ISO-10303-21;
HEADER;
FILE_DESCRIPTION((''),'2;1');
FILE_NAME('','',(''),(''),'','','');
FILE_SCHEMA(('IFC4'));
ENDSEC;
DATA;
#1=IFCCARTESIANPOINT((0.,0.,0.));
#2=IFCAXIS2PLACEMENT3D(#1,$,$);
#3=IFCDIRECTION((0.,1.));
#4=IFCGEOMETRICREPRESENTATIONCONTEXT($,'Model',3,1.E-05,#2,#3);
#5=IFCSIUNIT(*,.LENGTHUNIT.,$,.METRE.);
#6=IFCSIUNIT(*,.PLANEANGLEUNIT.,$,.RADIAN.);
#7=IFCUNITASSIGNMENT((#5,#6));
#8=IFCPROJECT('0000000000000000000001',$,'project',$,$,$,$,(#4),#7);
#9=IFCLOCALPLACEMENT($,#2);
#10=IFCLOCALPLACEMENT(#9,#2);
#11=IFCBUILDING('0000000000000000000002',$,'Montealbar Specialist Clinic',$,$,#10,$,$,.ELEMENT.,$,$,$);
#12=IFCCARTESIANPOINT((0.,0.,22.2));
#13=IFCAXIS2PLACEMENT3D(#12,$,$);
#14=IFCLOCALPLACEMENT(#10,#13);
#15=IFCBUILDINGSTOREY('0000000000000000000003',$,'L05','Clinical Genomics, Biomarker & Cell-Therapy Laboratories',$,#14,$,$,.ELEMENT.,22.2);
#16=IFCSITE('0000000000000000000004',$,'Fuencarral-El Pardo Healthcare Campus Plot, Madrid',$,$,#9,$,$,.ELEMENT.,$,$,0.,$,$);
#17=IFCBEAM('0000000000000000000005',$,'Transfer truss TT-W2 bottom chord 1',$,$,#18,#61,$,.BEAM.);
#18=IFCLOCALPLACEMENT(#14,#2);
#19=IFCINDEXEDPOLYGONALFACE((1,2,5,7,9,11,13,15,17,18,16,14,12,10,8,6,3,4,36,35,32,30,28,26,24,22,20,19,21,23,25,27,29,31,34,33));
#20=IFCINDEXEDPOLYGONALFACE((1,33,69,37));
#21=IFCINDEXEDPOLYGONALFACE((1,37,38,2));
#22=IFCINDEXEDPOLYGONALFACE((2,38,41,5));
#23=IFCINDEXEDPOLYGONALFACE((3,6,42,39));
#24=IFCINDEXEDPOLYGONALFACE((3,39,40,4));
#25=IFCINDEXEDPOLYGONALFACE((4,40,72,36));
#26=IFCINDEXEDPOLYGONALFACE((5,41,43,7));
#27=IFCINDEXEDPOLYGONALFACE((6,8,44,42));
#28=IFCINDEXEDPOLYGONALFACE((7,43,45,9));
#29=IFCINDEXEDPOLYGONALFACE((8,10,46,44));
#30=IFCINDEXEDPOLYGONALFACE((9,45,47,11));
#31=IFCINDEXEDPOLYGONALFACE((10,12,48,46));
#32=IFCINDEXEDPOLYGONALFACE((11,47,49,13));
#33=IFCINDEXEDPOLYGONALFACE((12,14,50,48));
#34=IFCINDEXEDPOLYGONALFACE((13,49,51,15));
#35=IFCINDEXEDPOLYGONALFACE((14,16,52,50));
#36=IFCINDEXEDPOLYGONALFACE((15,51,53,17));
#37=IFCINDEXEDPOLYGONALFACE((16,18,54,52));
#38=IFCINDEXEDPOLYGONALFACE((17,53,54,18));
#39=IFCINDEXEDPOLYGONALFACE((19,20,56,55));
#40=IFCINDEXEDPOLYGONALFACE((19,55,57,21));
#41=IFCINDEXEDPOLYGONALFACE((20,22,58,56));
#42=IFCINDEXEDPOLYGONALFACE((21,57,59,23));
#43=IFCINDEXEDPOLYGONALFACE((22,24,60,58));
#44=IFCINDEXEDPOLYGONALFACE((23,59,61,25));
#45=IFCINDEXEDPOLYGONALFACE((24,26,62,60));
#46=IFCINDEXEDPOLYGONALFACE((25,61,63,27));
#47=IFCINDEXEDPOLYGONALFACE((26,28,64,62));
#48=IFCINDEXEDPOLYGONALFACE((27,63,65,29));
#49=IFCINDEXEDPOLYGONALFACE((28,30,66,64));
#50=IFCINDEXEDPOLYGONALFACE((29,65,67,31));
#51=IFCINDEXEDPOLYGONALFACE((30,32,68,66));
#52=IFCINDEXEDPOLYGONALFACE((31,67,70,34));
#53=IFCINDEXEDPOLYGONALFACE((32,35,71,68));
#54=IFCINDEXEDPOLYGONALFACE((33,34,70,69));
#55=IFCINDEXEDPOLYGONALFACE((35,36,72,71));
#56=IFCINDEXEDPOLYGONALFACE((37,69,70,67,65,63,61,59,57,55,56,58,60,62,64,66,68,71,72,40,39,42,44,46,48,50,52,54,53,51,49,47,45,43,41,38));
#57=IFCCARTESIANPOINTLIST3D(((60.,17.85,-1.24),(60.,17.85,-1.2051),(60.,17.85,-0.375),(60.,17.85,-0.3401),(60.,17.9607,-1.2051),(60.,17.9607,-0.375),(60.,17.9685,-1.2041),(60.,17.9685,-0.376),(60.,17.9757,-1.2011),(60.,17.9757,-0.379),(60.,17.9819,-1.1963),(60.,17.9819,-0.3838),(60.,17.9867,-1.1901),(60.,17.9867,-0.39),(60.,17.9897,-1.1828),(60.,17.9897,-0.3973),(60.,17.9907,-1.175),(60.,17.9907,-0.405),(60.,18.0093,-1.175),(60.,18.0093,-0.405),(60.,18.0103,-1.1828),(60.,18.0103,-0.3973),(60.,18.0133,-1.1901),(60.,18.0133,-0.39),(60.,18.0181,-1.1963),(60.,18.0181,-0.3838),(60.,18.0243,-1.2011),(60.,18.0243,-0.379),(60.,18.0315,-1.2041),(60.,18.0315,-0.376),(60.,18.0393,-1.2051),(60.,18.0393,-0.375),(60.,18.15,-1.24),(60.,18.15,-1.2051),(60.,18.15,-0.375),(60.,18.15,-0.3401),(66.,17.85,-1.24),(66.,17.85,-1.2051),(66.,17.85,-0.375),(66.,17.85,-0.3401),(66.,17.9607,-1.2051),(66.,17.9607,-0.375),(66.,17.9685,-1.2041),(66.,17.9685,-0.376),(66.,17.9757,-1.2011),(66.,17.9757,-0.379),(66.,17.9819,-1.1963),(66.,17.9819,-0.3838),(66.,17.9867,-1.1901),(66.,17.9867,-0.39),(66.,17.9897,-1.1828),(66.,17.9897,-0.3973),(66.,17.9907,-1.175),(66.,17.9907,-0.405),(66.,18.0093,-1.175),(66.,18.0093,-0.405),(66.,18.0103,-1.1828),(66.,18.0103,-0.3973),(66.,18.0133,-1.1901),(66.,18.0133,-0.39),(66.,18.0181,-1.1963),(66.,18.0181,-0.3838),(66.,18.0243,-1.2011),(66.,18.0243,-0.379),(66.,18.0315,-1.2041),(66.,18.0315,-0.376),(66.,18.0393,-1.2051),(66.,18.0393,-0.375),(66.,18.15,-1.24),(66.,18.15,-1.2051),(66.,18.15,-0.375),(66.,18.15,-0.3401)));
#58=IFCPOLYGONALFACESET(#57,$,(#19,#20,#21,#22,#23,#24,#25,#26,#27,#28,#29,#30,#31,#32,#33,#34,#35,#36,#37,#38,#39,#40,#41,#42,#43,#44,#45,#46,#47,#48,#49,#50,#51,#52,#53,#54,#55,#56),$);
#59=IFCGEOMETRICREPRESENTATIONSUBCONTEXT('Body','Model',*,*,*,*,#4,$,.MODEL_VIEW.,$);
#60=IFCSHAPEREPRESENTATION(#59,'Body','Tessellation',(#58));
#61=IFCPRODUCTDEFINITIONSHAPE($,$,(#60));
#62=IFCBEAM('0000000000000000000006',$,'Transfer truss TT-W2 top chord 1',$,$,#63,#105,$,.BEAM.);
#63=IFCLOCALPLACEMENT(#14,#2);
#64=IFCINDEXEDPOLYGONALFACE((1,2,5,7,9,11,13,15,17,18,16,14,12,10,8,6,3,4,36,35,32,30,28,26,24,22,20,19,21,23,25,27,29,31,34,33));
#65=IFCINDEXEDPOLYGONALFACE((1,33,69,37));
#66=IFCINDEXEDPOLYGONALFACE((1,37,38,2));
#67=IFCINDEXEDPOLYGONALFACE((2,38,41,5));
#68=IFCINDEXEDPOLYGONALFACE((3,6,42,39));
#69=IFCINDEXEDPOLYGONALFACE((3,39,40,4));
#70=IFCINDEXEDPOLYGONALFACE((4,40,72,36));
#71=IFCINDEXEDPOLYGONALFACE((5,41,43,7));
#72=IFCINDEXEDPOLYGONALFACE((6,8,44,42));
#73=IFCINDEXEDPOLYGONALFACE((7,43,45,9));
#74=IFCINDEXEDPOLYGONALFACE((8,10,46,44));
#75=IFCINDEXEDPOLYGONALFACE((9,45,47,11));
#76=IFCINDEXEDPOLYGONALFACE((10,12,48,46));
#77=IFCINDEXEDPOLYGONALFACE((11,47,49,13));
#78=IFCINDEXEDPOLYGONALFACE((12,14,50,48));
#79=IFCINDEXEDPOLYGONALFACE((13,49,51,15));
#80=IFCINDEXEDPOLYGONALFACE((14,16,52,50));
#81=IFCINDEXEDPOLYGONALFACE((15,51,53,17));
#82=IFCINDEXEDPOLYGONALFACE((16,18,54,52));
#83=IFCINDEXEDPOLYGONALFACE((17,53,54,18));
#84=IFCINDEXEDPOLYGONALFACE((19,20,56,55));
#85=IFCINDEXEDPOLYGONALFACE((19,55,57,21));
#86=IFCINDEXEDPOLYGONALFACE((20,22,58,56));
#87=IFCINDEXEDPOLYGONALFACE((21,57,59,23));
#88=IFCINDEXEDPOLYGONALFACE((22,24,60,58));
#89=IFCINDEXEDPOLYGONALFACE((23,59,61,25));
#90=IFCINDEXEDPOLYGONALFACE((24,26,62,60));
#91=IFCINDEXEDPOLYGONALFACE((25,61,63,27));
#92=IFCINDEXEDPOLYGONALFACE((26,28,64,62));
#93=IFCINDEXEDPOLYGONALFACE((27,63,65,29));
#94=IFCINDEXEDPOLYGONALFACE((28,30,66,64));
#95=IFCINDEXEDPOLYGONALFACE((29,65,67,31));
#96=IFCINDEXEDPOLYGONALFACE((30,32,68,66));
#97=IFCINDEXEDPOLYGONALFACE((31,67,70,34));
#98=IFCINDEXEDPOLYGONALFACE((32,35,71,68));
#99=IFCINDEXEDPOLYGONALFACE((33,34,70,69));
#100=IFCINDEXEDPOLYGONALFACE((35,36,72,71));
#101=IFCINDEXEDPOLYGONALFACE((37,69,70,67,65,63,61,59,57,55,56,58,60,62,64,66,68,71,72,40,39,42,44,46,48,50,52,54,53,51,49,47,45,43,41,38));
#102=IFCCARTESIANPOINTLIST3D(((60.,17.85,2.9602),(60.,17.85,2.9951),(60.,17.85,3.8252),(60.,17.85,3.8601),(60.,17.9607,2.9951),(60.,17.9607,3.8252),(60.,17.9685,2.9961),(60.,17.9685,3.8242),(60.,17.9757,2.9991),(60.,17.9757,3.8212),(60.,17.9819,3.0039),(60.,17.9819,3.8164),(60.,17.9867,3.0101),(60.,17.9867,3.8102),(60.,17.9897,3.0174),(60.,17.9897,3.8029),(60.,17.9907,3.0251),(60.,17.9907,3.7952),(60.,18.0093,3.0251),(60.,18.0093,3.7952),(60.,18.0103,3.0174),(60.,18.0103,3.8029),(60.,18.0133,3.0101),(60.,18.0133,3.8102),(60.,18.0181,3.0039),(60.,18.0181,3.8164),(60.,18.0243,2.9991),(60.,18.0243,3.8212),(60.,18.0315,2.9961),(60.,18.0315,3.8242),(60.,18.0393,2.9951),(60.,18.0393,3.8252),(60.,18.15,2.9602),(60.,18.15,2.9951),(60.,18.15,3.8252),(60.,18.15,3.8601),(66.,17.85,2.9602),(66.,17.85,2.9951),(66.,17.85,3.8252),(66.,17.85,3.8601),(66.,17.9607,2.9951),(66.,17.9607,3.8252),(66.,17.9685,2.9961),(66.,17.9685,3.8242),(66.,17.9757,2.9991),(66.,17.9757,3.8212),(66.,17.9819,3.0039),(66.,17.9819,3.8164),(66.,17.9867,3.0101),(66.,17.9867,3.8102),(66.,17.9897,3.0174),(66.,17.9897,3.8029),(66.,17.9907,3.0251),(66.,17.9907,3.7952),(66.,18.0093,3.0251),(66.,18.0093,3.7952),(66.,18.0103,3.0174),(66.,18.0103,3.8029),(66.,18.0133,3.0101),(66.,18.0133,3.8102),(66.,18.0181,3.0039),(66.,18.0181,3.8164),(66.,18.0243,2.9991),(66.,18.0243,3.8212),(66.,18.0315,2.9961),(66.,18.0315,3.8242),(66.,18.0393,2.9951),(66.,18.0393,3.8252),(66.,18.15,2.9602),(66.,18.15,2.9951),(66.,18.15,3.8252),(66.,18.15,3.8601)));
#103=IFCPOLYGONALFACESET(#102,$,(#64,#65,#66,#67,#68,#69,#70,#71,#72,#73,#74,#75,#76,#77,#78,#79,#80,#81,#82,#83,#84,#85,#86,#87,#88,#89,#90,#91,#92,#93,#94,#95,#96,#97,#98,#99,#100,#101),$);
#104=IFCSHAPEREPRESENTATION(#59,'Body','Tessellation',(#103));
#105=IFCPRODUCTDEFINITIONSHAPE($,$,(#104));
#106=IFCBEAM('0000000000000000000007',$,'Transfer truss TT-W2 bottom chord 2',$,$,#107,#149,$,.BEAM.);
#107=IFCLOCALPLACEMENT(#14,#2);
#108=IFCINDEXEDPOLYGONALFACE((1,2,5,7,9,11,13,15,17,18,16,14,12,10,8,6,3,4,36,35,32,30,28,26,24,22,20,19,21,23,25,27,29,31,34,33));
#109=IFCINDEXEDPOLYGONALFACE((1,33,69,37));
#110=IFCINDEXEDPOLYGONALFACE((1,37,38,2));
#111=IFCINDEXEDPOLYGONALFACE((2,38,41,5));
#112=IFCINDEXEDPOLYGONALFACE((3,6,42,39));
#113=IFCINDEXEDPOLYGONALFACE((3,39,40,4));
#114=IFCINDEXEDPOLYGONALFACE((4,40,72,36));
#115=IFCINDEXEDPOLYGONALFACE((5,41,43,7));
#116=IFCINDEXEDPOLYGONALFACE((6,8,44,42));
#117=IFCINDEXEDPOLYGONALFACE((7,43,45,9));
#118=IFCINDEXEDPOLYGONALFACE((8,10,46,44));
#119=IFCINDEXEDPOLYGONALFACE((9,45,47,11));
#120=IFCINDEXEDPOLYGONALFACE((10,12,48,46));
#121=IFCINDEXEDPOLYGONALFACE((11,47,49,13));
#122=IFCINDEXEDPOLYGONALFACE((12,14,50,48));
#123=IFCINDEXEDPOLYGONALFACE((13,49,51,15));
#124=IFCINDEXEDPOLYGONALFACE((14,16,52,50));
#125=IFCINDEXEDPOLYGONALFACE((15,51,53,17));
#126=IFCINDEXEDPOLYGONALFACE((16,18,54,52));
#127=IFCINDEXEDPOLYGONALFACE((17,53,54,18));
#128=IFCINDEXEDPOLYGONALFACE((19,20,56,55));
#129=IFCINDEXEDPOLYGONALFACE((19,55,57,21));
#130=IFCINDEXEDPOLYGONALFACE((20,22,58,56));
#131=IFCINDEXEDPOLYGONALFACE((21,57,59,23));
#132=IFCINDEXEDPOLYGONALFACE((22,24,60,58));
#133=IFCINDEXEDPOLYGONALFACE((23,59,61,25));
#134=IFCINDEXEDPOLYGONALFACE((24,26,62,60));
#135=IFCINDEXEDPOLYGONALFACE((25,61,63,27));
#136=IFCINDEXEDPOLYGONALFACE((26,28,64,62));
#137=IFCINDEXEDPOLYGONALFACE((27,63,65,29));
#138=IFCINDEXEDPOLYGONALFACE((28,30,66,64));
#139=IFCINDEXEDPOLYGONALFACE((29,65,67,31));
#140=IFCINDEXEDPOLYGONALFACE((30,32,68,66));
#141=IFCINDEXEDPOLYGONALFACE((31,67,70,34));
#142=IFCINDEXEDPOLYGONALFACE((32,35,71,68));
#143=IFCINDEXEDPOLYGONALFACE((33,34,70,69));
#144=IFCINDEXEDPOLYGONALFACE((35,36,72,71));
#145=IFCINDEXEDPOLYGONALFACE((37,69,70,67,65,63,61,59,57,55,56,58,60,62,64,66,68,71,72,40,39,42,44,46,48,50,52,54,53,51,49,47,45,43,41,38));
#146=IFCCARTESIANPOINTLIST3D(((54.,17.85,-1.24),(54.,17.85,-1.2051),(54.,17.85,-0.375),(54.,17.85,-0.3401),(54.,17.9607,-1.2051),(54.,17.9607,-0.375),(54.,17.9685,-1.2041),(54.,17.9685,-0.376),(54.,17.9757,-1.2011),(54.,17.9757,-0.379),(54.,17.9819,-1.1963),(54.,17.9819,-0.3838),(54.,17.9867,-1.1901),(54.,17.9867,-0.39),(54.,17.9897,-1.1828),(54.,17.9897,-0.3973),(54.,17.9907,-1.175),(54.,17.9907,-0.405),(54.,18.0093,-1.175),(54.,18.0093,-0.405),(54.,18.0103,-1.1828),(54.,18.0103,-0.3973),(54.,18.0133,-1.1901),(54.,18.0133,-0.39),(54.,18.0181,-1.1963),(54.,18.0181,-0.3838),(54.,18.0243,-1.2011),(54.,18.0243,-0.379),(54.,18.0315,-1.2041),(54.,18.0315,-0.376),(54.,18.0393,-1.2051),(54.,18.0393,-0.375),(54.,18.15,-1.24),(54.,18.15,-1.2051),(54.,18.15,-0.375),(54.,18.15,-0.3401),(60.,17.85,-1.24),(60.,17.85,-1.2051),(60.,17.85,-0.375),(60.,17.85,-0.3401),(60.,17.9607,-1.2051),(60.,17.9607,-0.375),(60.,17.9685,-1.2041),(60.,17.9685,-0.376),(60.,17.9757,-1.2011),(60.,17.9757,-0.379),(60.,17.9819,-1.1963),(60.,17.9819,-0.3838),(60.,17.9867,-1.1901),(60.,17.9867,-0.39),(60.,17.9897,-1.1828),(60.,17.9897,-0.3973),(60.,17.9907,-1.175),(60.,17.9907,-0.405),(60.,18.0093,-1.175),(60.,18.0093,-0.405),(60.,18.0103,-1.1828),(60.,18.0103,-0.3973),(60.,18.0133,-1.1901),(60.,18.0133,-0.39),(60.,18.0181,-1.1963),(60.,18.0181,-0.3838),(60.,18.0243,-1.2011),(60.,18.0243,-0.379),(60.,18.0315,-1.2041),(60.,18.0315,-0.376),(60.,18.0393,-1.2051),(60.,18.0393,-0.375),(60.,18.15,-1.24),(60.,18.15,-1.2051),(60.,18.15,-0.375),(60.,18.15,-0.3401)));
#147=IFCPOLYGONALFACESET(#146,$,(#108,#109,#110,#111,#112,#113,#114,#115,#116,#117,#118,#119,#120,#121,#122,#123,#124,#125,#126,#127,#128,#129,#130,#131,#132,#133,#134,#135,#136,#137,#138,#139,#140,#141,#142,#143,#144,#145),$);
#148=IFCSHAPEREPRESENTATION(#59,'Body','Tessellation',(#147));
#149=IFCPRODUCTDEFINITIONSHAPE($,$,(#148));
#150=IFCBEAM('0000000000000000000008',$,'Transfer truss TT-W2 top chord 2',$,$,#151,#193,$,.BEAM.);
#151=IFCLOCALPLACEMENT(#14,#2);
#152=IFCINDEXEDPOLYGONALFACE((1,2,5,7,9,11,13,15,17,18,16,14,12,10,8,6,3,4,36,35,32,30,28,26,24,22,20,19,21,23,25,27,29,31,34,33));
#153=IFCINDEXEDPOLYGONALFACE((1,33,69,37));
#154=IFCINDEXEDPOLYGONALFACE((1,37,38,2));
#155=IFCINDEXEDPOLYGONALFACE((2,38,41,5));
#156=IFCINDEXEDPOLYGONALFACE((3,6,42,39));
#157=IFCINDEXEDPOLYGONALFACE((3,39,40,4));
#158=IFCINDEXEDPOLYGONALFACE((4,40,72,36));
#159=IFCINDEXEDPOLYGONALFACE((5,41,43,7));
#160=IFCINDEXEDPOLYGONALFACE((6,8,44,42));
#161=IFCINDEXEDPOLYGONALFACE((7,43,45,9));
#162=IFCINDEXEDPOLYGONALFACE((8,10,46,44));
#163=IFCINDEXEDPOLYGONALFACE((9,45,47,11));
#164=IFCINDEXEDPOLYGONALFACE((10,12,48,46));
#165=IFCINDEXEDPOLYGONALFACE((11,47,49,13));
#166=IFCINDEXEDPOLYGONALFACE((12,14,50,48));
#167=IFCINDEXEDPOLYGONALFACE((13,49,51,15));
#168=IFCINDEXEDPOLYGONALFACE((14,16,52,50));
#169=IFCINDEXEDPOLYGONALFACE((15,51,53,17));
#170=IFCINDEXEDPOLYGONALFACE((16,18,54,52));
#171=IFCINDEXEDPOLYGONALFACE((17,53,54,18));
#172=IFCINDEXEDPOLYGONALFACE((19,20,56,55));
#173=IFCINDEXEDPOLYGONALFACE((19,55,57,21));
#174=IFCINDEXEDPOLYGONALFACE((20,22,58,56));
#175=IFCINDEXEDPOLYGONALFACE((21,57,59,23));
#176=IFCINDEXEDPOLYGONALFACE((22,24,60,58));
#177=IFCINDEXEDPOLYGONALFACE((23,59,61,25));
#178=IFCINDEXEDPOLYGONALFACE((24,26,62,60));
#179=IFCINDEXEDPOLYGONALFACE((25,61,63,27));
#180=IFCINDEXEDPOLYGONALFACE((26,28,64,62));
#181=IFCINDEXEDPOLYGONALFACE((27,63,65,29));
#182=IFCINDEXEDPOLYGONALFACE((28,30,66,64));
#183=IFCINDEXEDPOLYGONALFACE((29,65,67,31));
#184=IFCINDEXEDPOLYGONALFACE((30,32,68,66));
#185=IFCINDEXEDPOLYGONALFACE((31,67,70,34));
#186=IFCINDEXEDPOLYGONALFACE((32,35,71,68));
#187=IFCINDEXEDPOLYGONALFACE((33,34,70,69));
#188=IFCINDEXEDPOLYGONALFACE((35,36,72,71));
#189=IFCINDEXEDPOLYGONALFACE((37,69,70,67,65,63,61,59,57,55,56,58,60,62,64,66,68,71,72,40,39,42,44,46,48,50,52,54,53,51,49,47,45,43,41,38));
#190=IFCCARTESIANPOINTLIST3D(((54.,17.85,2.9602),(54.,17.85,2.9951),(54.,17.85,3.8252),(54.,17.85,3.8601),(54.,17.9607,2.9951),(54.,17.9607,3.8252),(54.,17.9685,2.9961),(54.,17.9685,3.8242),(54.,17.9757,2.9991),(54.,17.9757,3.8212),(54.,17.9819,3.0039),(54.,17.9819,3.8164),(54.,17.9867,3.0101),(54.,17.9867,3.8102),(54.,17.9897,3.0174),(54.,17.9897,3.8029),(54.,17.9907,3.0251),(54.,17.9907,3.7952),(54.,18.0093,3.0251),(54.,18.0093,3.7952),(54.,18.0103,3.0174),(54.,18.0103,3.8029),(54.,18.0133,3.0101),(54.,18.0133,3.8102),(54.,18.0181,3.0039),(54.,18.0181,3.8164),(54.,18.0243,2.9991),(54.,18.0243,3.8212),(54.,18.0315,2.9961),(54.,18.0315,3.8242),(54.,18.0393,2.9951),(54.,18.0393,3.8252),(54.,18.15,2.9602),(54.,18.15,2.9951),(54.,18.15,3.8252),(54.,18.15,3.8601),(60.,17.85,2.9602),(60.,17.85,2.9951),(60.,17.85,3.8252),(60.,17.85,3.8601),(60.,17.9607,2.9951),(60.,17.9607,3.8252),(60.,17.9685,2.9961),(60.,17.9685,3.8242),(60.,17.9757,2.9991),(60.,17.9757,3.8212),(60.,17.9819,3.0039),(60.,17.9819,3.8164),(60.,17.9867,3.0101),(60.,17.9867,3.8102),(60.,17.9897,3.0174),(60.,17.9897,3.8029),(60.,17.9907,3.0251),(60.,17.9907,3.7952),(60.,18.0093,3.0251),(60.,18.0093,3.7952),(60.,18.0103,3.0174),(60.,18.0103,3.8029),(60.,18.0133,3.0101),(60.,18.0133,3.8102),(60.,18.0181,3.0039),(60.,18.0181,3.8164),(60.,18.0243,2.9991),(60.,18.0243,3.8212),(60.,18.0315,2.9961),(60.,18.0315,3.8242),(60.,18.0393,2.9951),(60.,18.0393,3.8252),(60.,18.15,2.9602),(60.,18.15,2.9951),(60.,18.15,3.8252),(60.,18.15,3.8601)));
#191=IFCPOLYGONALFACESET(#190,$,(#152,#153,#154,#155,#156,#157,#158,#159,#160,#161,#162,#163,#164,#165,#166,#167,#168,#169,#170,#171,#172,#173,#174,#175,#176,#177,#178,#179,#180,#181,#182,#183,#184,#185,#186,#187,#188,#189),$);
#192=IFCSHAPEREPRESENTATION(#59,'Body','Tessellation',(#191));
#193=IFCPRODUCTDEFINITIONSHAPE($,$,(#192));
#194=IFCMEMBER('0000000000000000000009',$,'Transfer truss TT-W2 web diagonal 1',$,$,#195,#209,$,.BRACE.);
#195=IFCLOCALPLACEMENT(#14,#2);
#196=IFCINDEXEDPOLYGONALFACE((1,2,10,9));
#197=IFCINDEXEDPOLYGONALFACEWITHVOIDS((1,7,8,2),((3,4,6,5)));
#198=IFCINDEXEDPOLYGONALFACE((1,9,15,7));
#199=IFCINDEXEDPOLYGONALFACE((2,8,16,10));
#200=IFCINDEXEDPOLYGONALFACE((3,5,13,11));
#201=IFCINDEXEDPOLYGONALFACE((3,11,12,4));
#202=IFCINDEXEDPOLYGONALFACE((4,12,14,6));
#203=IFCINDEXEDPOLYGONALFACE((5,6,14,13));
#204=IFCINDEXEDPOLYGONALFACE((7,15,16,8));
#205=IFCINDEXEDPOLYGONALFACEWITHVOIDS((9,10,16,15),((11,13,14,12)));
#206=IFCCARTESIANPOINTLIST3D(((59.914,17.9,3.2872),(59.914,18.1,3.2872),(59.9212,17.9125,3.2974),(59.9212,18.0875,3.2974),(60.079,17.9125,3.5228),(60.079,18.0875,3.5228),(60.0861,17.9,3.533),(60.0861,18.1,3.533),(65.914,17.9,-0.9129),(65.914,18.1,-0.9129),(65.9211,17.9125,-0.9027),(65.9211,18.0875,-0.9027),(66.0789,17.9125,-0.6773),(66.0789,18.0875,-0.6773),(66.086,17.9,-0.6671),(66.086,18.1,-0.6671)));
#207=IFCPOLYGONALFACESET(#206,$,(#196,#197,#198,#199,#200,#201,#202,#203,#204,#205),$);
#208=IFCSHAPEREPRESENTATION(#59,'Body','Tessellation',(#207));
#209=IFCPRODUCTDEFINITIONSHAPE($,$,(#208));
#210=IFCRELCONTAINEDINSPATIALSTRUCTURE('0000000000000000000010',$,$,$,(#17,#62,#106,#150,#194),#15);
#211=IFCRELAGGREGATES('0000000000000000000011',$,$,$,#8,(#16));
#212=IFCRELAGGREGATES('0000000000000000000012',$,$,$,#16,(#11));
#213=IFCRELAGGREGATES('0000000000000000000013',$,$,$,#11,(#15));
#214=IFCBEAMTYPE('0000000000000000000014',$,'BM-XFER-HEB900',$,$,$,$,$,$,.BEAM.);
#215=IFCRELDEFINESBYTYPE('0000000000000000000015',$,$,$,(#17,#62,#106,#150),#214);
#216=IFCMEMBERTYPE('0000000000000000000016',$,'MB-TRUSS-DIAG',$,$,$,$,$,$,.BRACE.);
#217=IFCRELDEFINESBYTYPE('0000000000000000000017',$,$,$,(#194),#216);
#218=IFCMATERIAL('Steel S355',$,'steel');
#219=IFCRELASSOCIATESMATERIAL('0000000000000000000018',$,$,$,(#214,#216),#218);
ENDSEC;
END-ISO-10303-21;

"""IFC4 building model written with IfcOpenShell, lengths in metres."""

from ifc_helpers import new_model, si_unit, direction, frame, origin, origin_2d, place, context, subcontext, project, spatial, hollow_rectangle, i_section, extrude, material, material_profile, profile_set, type_object, element, save


model = new_model("IFC4")

# Units and contexts
model_context = context("Model", 3, precision=1e-05, world=origin(), true_north=direction((0.0, 1.0)))
body_context = subcontext(model_context, "Body", "Model", "MODEL_VIEW")
ifc_project = project(units=[si_unit("LENGTHUNIT", "METRE"), si_unit("PLANEANGLEUNIT", "RADIAN")], contexts=[model_context])

# Site, building, storey
site_placement = place(None, origin())
site = spatial("IfcSite", under=ifc_project, at=site_placement, Name="Fuencarral-El Pardo Healthcare Campus Plot, Madrid", CompositionType="ELEMENT", RefElevation=0.0)
building_placement = place(site_placement, origin())
building = spatial("IfcBuilding", under=site, at=building_placement, Name="Montealbar Specialist Clinic", CompositionType="ELEMENT")
storey_placement = place(building_placement, frame((0.0, 0.0, 22.2)))
storey = spatial("IfcBuildingStorey", under=building, at=storey_placement, Name="L05", Description="Clinical Genomics, Biomarker & Cell-Therapy Laboratories", CompositionType="ELEMENT", Elevation=22.2)

# Shared definitions
ifc_material_1 = material(Name="Steel S355", Category="steel")

# Beams
ifc_material_profile_1 = material_profile(ifc_material_1, i_section(OverallWidth=0.3, OverallDepth=0.8999, WebThickness=0.0186, FlangeThickness=0.0349, FilletRadius=0.03, at=origin_2d()), Name="HEB 900", Category="steel")
ifc_profile_set_1 = profile_set([ifc_material_profile_1], Name="Steel S355")
beam_type_1 = type_object("IfcBeamType", Name="BM-XFER-HEB900", PredefinedType="BEAM", material=ifc_profile_set_1)
for number, where, z_axis, x_axis, name in (
    (1, (66.0, 18.0, -0.79), (-1.0, 0.0, 0.0), (0.0, -1.0, 0.0), "Transfer truss TT-W2 bottom chord 1"),
    (2, (66.0, 18.0, 3.4102), (-1.0, 0.0, 0.0), (0.0, -1.0, 0.0), "Transfer truss TT-W2 top chord 1"),
    (3, (60.0, 18.0, -0.79), (-1.0, 0.0, 0.0), (0.0, -1.0, 0.0), "Transfer truss TT-W2 bottom chord 2"),
    (4, (60.0, 18.0, 3.4102), (-1.0, 0.0, 0.0), (0.0, -1.0, 0.0), "Transfer truss TT-W2 top chord 2"),
):
    element("IfcBeam", number, at=place(storey_placement, frame(where, z_axis=z_axis, x_axis=x_axis)), inside=storey, type_object=beam_type_1, Name=name, PredefinedType="BEAM", context=body_context, shape_type="SweptSolid", body=[
        extrude(i_section(OverallWidth=0.3, OverallDepth=0.8999, WebThickness=0.0186, FlangeThickness=0.0349, FilletRadius=0.03, at=origin_2d()), origin(), (0.0, 0.0, 1.0), 6.0),
    ])

# Member
ifc_material_profile_2 = material_profile(ifc_material_1, hollow_rectangle(XDim=0.2, YDim=0.3, WallThickness=0.0125, at=origin_2d()), Name="RHS 300x200x12.5", Category="steel")
ifc_profile_set_2 = profile_set([ifc_material_profile_2], Name="Steel S355")
member_type_1 = type_object("IfcMemberType", Name="MB-TRUSS-DIAG", PredefinedType="BRACE", material=ifc_profile_set_2)
for number, where, z_axis, x_axis, name in (
    (5, (66.0, 18.0, -0.79), (-0.819219, 0.0, 0.57348), (0.0, -1.0, 0.0), "Transfer truss TT-W2 web diagonal 1"),
):
    element("IfcMember", number, at=place(storey_placement, frame(where, z_axis=z_axis, x_axis=x_axis)), inside=storey, type_object=member_type_1, Name=name, PredefinedType="BRACE", context=body_context, shape_type="SweptSolid", body=[
        extrude(hollow_rectangle(XDim=0.2, YDim=0.3, WallThickness=0.0125, at=origin_2d()), origin(), (0.0, 0.0, 1.0), 7.324),
    ])

save(model, "model.ifc")
